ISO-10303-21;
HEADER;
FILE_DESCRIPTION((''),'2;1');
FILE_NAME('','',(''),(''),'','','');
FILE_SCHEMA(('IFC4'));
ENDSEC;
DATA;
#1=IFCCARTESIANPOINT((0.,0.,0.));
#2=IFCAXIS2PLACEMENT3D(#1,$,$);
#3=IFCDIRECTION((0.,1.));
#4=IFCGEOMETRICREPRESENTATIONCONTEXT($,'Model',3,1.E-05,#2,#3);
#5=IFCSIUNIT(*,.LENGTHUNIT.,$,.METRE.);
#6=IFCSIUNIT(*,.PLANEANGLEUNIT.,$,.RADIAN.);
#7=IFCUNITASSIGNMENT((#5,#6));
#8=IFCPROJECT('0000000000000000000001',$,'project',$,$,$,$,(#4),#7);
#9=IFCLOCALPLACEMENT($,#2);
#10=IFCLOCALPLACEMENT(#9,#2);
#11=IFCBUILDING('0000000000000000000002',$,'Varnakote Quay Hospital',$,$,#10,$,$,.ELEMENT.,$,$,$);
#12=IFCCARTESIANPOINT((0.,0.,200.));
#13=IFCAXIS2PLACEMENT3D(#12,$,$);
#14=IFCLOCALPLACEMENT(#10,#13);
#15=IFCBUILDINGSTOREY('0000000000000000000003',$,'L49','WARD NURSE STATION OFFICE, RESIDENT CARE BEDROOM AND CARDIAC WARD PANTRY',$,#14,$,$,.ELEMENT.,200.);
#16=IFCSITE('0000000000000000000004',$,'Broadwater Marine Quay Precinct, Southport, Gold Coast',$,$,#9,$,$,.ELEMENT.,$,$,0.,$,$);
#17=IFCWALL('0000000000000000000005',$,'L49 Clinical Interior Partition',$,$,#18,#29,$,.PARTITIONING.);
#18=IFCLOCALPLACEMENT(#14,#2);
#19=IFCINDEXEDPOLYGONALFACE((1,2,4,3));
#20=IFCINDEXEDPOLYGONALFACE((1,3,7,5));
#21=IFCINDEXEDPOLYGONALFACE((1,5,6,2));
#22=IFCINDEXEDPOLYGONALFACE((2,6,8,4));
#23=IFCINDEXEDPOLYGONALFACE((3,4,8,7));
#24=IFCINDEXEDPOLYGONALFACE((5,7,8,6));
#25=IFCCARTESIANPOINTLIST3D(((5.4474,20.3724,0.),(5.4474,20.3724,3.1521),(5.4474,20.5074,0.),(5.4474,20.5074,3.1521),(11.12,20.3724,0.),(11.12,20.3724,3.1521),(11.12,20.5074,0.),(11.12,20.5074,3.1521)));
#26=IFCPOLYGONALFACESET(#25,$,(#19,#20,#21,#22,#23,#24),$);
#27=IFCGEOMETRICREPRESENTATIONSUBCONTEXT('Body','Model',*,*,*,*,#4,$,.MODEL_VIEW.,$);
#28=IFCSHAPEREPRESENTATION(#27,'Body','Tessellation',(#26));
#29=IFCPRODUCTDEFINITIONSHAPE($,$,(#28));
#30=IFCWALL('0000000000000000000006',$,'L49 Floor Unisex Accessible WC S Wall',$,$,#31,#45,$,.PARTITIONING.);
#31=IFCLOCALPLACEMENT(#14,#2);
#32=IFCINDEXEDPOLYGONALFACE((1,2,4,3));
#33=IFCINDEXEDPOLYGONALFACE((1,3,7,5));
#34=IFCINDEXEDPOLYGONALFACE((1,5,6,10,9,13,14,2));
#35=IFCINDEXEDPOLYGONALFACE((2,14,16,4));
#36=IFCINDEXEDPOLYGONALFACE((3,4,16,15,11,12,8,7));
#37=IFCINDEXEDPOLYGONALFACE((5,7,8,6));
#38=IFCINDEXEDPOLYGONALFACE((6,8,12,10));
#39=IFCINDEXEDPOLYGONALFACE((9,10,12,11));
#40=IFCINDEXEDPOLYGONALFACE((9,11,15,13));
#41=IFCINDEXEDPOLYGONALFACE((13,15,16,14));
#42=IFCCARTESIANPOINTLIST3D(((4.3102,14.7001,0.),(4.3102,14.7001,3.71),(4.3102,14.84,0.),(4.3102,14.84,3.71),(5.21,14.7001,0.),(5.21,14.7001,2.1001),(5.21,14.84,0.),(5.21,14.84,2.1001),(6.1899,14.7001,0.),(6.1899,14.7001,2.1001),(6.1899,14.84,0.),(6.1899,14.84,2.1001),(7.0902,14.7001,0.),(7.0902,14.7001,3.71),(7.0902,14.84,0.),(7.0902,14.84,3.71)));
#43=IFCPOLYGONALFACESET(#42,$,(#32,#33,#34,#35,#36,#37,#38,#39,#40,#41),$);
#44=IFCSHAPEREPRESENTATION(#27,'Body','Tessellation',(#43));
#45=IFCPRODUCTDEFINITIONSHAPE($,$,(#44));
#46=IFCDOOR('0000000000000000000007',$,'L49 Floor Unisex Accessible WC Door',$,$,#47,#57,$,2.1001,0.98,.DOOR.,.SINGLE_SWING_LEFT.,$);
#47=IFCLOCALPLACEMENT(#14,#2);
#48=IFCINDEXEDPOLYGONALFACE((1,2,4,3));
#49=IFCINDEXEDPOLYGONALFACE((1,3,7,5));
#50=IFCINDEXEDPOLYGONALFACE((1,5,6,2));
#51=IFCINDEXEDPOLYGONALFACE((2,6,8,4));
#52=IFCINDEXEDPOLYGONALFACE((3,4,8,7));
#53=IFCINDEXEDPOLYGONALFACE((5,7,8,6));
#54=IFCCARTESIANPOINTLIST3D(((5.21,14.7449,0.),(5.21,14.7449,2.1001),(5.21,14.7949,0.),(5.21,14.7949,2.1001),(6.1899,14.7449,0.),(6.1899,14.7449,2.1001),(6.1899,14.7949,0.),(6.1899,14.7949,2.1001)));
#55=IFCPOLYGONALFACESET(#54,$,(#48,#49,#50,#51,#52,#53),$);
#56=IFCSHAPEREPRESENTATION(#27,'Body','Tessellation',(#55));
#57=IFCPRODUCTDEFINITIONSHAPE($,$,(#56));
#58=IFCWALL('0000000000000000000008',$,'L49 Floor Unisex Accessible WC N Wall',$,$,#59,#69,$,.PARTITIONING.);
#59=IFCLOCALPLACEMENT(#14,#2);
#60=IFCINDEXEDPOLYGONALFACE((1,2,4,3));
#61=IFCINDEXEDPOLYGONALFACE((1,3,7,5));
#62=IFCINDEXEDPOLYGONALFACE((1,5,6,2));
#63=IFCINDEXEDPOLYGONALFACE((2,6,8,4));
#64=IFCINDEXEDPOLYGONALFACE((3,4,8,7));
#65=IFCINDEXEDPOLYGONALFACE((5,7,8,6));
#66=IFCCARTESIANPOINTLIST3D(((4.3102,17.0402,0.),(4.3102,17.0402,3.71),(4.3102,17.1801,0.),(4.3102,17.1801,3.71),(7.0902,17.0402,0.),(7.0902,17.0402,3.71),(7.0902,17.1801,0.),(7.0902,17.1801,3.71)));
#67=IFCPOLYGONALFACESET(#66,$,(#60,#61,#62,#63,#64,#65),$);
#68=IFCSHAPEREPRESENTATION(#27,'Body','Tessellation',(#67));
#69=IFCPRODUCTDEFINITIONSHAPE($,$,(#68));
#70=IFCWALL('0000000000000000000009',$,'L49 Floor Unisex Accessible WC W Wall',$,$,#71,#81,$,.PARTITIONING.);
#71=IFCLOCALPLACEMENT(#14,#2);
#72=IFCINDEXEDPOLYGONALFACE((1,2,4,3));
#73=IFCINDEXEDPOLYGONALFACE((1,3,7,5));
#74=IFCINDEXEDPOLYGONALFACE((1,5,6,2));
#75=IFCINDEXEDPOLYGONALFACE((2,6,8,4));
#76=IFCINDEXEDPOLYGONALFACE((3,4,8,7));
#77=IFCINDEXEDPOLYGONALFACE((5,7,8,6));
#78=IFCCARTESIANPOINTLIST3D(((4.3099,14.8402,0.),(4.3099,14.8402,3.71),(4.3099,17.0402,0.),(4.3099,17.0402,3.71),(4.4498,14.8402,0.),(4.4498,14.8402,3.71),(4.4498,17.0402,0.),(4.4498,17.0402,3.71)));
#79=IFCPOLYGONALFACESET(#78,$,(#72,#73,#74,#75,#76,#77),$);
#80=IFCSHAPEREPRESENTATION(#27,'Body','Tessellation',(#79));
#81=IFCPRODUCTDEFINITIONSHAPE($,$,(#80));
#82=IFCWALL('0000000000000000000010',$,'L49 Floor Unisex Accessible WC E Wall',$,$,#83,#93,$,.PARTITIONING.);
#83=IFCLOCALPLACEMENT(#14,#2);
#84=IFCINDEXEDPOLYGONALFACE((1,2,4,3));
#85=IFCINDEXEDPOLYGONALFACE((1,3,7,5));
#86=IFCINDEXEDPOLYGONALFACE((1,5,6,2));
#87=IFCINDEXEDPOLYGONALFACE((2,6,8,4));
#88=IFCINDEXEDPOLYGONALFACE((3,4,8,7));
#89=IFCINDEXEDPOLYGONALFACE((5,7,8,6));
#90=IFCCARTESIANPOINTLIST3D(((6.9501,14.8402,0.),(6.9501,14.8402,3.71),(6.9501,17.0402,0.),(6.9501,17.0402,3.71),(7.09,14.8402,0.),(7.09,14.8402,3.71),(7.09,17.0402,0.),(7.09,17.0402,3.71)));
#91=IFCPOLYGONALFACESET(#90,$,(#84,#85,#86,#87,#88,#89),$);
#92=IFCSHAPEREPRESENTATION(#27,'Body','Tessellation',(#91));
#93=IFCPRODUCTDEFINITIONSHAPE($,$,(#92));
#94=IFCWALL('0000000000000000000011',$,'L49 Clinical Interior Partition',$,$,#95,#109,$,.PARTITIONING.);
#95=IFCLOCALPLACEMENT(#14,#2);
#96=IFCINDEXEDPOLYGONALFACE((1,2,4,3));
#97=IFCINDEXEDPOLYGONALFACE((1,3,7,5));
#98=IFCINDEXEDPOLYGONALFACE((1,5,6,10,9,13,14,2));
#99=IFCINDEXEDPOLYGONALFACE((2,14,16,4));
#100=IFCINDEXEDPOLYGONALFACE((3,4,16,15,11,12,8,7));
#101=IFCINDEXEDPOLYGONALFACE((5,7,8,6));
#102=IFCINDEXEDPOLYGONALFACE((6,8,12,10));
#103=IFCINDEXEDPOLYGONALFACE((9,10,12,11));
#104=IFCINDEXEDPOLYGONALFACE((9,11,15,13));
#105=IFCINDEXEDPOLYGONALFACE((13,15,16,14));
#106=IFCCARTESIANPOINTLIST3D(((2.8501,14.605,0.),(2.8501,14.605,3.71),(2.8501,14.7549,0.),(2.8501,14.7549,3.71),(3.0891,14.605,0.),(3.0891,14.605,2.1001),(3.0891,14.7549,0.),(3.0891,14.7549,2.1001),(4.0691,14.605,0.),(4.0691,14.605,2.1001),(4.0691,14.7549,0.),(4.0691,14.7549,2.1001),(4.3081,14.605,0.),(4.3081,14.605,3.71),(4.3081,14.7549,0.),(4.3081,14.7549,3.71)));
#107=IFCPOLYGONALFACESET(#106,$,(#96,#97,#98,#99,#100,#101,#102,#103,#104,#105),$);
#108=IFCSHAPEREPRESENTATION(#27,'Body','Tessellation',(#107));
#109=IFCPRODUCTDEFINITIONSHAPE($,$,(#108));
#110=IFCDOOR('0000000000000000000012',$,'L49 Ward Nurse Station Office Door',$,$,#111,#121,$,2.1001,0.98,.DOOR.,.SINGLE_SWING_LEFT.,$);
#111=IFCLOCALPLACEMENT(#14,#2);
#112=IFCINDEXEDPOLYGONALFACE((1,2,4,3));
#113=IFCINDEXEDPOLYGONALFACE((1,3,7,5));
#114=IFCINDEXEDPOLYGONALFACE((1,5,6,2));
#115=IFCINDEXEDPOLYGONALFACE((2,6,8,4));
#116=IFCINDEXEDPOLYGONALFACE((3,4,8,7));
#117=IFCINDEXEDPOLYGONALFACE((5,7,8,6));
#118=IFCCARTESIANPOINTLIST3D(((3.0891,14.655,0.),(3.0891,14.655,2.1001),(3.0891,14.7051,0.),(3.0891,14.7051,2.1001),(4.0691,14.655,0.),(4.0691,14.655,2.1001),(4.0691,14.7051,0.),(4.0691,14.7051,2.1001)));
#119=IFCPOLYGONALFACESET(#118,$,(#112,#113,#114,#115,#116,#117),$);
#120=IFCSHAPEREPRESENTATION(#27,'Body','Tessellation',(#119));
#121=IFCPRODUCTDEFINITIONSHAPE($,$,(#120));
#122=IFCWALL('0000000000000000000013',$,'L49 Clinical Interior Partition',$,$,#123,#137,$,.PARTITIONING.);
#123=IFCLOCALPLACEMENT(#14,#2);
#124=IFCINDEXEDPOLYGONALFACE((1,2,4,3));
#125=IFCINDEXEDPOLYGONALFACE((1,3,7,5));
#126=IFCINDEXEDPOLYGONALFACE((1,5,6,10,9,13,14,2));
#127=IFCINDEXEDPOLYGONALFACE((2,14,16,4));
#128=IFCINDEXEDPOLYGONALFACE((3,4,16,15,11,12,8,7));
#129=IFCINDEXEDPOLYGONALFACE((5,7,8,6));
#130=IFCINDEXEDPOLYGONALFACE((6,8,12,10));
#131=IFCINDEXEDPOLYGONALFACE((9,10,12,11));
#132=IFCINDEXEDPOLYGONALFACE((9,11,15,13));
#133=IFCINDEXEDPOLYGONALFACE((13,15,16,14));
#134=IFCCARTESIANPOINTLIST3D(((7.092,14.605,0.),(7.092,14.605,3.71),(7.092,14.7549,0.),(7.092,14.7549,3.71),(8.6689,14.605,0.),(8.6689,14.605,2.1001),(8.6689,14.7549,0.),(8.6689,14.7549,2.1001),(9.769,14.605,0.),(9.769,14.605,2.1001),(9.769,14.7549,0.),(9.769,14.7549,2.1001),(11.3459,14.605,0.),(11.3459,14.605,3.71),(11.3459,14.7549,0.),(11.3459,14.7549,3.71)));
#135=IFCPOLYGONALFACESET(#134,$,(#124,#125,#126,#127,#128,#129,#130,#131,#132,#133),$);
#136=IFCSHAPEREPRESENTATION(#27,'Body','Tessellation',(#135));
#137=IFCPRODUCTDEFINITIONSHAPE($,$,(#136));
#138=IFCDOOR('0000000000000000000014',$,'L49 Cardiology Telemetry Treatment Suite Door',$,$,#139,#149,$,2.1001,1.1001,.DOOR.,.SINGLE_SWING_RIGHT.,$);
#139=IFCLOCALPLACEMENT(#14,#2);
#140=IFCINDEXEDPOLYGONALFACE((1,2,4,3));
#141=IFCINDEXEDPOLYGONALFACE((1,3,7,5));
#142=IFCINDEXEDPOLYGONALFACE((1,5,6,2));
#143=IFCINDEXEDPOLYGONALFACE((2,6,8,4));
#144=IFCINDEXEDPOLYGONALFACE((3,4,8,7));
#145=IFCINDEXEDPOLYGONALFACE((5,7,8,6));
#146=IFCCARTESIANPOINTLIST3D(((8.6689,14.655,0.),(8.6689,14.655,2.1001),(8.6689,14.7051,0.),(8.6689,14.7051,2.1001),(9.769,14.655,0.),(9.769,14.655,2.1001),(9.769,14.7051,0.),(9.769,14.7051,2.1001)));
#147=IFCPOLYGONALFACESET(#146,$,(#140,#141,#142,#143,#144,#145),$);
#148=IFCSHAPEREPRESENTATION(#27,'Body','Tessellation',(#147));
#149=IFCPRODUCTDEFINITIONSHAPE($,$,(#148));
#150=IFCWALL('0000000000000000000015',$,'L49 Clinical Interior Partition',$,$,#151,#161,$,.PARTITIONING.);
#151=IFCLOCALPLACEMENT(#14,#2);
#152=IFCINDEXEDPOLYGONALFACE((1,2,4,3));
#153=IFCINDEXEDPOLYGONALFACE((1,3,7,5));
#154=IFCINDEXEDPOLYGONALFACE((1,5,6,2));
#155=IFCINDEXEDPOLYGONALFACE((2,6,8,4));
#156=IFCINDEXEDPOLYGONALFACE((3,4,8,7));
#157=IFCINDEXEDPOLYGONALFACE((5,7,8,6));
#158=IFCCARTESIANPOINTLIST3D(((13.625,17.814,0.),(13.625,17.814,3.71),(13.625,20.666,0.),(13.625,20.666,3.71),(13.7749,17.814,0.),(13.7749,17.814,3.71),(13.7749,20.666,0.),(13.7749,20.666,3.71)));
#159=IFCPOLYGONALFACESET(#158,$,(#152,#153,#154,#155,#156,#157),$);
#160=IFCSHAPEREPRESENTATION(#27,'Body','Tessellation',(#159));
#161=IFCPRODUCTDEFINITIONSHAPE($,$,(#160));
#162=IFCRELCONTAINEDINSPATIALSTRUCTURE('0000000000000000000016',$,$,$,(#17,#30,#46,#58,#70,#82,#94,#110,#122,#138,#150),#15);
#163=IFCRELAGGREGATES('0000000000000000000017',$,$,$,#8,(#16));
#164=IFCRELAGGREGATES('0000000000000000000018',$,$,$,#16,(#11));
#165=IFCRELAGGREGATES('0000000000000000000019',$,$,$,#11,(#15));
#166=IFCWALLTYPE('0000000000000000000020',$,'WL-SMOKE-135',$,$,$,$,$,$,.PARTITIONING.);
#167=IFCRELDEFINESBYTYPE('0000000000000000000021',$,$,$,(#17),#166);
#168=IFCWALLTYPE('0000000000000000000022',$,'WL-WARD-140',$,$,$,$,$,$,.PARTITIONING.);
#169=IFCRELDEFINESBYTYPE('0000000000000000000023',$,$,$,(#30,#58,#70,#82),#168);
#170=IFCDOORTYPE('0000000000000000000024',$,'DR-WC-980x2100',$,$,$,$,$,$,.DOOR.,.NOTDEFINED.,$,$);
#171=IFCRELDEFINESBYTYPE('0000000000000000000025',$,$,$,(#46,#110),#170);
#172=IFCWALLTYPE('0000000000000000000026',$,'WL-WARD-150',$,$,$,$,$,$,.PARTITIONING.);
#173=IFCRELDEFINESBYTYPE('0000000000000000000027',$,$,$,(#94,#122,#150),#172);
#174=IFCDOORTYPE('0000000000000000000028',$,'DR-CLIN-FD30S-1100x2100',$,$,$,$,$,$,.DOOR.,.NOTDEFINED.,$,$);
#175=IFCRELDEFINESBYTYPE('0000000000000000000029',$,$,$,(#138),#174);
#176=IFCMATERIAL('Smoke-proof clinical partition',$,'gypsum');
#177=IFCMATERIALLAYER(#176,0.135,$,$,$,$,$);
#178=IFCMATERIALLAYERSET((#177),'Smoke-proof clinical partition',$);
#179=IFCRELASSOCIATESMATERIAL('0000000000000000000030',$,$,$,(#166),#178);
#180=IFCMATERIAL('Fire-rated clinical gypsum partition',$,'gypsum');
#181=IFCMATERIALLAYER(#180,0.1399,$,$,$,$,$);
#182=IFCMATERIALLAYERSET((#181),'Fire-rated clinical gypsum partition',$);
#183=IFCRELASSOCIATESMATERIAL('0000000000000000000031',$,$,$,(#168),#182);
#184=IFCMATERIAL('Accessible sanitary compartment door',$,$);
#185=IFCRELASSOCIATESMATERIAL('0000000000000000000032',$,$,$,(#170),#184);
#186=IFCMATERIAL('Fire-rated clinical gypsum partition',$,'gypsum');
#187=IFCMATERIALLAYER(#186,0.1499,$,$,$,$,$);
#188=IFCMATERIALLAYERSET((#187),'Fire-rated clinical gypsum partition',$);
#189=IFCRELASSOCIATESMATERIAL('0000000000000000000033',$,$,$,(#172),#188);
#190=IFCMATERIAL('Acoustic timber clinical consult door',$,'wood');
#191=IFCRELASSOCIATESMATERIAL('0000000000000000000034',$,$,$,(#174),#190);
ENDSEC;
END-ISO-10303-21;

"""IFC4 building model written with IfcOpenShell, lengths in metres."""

from ifc_helpers import new_model, si_unit, direction, frame, frame_2d, origin, place, context, subcontext, project, spatial, rectangle, extrude, material, layer, layer_set, type_object, element, fill, save


model = new_model("IFC4")

# Units and contexts
model_context = context("Model", 3, precision=1e-05, world=origin(), true_north=direction((0.0, 1.0)))
body_context = subcontext(model_context, "Body", "Model", "MODEL_VIEW")
ifc_project = project(units=[si_unit("LENGTHUNIT", "METRE"), si_unit("PLANEANGLEUNIT", "RADIAN")], contexts=[model_context])

# Site, building, storey
site_placement = place(None, origin())
site = spatial("IfcSite", under=ifc_project, at=site_placement, Name="Broadwater Marine Quay Precinct, Southport, Gold Coast", CompositionType="ELEMENT", RefElevation=0.0)
building_placement = place(site_placement, origin())
building = spatial("IfcBuilding", under=site, at=building_placement, Name="Varnakote Quay Hospital", CompositionType="ELEMENT")
storey_placement = place(building_placement, frame((0.0, 0.0, 200.0)))
storey = spatial("IfcBuildingStorey", under=building, at=storey_placement, Name="L49", Description="WARD NURSE STATION OFFICE, RESIDENT CARE BEDROOM AND CARDIAC WARD PANTRY", CompositionType="ELEMENT", Elevation=200.0)

# Wall
ifc_material_1 = material(Name="Smoke-proof clinical partition", Category="gypsum")
ifc_layer_1 = layer(ifc_material_1, 0.135)
ifc_layer_set_1 = layer_set([ifc_layer_1], Name="Smoke-proof clinical partition")
wall_type_1 = type_object("IfcWallType", Name="WL-SMOKE-135", PredefinedType="PARTITIONING", material=ifc_layer_set_1)
wall_1_placement = place(storey_placement, frame((11.1201, 20.4399, 0.0), z_axis=(0.0, 0.0, 1.0), x_axis=(-1.0, 0.0, 0.0)))
element("IfcWall", 1, at=wall_1_placement, inside=storey, type_object=wall_type_1, Name="L49 Clinical Interior Partition", PredefinedType="PARTITIONING", context=body_context, shape_type="SweptSolid", body=[
    extrude(rectangle(XDim=5.6726, YDim=0.135, at=frame_2d((2.8364, 0.0))), origin(), (0.0, 0.0, 1.0), 3.1521),
])

# Wall, opening, door
ifc_material_2 = material(Name="Fire-rated clinical gypsum partition", Category="gypsum")
ifc_layer_2 = layer(ifc_material_2, 0.1399)
ifc_layer_set_2 = layer_set([ifc_layer_2], Name="Fire-rated clinical gypsum partition")
wall_type_2 = type_object("IfcWallType", Name="WL-WARD-140", PredefinedType="PARTITIONING", material=ifc_layer_set_2)
wall_2_placement = place(storey_placement, frame((4.3101, 14.77, 0.0), z_axis=(0.0, 0.0, 1.0), x_axis=(1.0, 0.0, 0.0)))
wall_2 = element("IfcWall", 2, at=wall_2_placement, inside=storey, type_object=wall_type_2, Name="L49 Floor Unisex Accessible WC S Wall", PredefinedType="PARTITIONING", context=body_context, shape_type="SweptSolid", body=[
    extrude(rectangle(XDim=2.78, YDim=0.1399, at=frame_2d((1.3901, 0.0))), origin(), (0.0, 0.0, 1.0), 3.71),
])
opening_1_placement = place(wall_2_placement, frame((0.8999, 0.0, 0.0)))
opening_1 = element("IfcOpeningElement", 3, at=opening_1_placement, cuts=wall_2, PredefinedType="OPENING", context=body_context, shape_type="SweptSolid", body=[
    extrude(rectangle(XDim=0.98, YDim=2.1001, at=frame_2d((0.49, 1.05))), frame((0.0, 0.0798, 0.0), z_axis=(0.0, -1.0, 0.0), x_axis=(1.0, 0.0, 0.0)), (0.0, 0.0, 1.0), 0.1599),
])
ifc_material_3 = material(Name="Accessible sanitary compartment door")
door_type_1 = type_object("IfcDoorType", Name="DR-WC-980x2100", OperationType="NOTDEFINED", PredefinedType="DOOR", material=ifc_material_3)
door_1_placement = place(opening_1_placement, origin())
door_1 = element("IfcDoor", 4, at=door_1_placement, inside=storey, type_object=door_type_1, Name="L49 Floor Unisex Accessible WC Door", OperationType="SINGLE_SWING_LEFT", OverallHeight=2.1001, OverallWidth=0.98, PredefinedType="DOOR", context=body_context, shape_type="SweptSolid", body=[
    extrude(rectangle(XDim=0.98, YDim=2.1001, at=frame_2d((0.49, 1.05))), frame((0.0, 0.0249, 0.0), z_axis=(0.0, -1.0, 0.0), x_axis=(1.0, 0.0, 0.0)), (0.0, 0.0, 1.0), 0.05),
])
fill(opening_1, door_1)

# Walls
wall_3_placement = place(storey_placement, frame((4.3101, 17.1101, 0.0), z_axis=(0.0, 0.0, 1.0), x_axis=(1.0, 0.0, 0.0)))
element("IfcWall", 5, at=wall_3_placement, inside=storey, type_object=wall_type_2, Name="L49 Floor Unisex Accessible WC N Wall", PredefinedType="PARTITIONING", context=body_context, shape_type="SweptSolid", body=[
    extrude(rectangle(XDim=2.78, YDim=0.1399, at=frame_2d((1.3901, 0.0))), origin(), (0.0, 0.0, 1.0), 3.71),
])
for number, where, z_axis, x_axis, name in (
    (6, (4.3799, 14.8401, 0.0), (0.0, 0.0, 1.0), (0.0, 1.0, 0.0), "L49 Floor Unisex Accessible WC W Wall"),
    (7, (7.02, 14.8401, 0.0), (0.0, 0.0, 1.0), (0.0, 1.0, 0.0), "L49 Floor Unisex Accessible WC E Wall"),
):
    element("IfcWall", number, at=place(storey_placement, frame(where, z_axis=z_axis, x_axis=x_axis)), inside=storey, type_object=wall_type_2, Name=name, PredefinedType="PARTITIONING", context=body_context, shape_type="SweptSolid", body=[
        extrude(rectangle(XDim=2.2, YDim=0.1399, at=frame_2d((1.1001, 0.0))), origin(), (0.0, 0.0, 1.0), 3.71),
    ])

# Walls, openings, doors
ifc_material_4 = material(Name="Fire-rated clinical gypsum partition", Category="gypsum")
ifc_layer_3 = layer(ifc_material_4, 0.1499)
ifc_layer_set_3 = layer_set([ifc_layer_3], Name="Fire-rated clinical gypsum partition")
wall_type_3 = type_object("IfcWallType", Name="WL-WARD-150", PredefinedType="PARTITIONING", material=ifc_layer_set_3)
wall_4_placement = place(storey_placement, frame((4.3081, 14.6799, 0.0), z_axis=(0.0, 0.0, 1.0), x_axis=(-1.0, 0.0, 0.0)))
wall_4 = element("IfcWall", 8, at=wall_4_placement, inside=storey, type_object=wall_type_3, Name="L49 Clinical Interior Partition", PredefinedType="PARTITIONING", context=body_context, shape_type="SweptSolid", body=[
    extrude(rectangle(XDim=1.458, YDim=0.1499, at=frame_2d((0.729, 0.0))), origin(), (0.0, 0.0, 1.0), 3.71),
])
opening_2_placement = place(wall_4_placement, frame((0.239, 0.0, 0.0)))
opening_2 = element("IfcOpeningElement", 9, at=opening_2_placement, cuts=wall_4, PredefinedType="OPENING", context=body_context, shape_type="SweptSolid", body=[
    extrude(rectangle(XDim=0.98, YDim=2.1001, at=frame_2d((0.49, 1.05))), frame((0.0, 0.085, 0.0), z_axis=(0.0, -1.0, 0.0), x_axis=(1.0, 0.0, 0.0)), (0.0, 0.0, 1.0), 0.1699),
])
door_2_placement = place(opening_2_placement, origin())
door_2 = element("IfcDoor", 10, at=door_2_placement, inside=storey, type_object=door_type_1, Name="L49 Ward Nurse Station Office Door", OperationType="SINGLE_SWING_LEFT", OverallHeight=2.1001, OverallWidth=0.98, PredefinedType="DOOR", context=body_context, shape_type="SweptSolid", body=[
    extrude(rectangle(XDim=0.98, YDim=2.1001, at=frame_2d((0.49, 1.05))), frame((0.0, 0.0249, 0.0), z_axis=(0.0, -1.0, 0.0), x_axis=(1.0, 0.0, 0.0)), (0.0, 0.0, 1.0), 0.05),
])
fill(opening_2, door_2)
wall_5_placement = place(storey_placement, frame((11.3459, 14.6799, 0.0), z_axis=(0.0, 0.0, 1.0), x_axis=(-1.0, 0.0, 0.0)))
wall_5 = element("IfcWall", 11, at=wall_5_placement, inside=storey, type_object=wall_type_3, Name="L49 Clinical Interior Partition", PredefinedType="PARTITIONING", context=body_context, shape_type="SweptSolid", body=[
    extrude(rectangle(XDim=4.2539, YDim=0.1499, at=frame_2d((2.127, 0.0))), origin(), (0.0, 0.0, 1.0), 3.71),
])
opening_3_placement = place(wall_5_placement, frame((1.5769, 0.0, 0.0)))
opening_3 = element("IfcOpeningElement", 12, at=opening_3_placement, cuts=wall_5, PredefinedType="OPENING", context=body_context, shape_type="SweptSolid", body=[
    extrude(rectangle(XDim=1.1001, YDim=2.1001, at=frame_2d((0.55, 1.05))), frame((0.0, 0.085, 0.0), z_axis=(0.0, -1.0, 0.0), x_axis=(1.0, 0.0, 0.0)), (0.0, 0.0, 1.0), 0.1699),
])
ifc_material_5 = material(Name="Acoustic timber clinical consult door", Category="wood")
door_type_2 = type_object("IfcDoorType", Name="DR-CLIN-FD30S-1100x2100", OperationType="NOTDEFINED", PredefinedType="DOOR", material=ifc_material_5)
door_3_placement = place(opening_3_placement, origin())
door_3 = element("IfcDoor", 13, at=door_3_placement, inside=storey, type_object=door_type_2, Name="L49 Cardiology Telemetry Treatment Suite Door", OperationType="SINGLE_SWING_RIGHT", OverallHeight=2.1001, OverallWidth=1.1001, PredefinedType="DOOR", context=body_context, shape_type="SweptSolid", body=[
    extrude(rectangle(XDim=1.1001, YDim=2.1001, at=frame_2d((0.55, 1.05))), frame((0.0, 0.0249, 0.0), z_axis=(0.0, -1.0, 0.0), x_axis=(1.0, 0.0, 0.0)), (0.0, 0.0, 1.0), 0.05),
])
fill(opening_3, door_3)

# Wall
wall_6_placement = place(storey_placement, frame((13.7, 17.814, 0.0), z_axis=(0.0, 0.0, 1.0), x_axis=(0.0, 1.0, 0.0)))
element("IfcWall", 14, at=wall_6_placement, inside=storey, type_object=wall_type_3, Name="L49 Clinical Interior Partition", PredefinedType="PARTITIONING", context=body_context, shape_type="SweptSolid", body=[
    extrude(rectangle(XDim=2.8521, YDim=0.1499, at=frame_2d((1.426, 0.0))), origin(), (0.0, 0.0, 1.0), 3.71),
])

save(model, "model.ifc")
